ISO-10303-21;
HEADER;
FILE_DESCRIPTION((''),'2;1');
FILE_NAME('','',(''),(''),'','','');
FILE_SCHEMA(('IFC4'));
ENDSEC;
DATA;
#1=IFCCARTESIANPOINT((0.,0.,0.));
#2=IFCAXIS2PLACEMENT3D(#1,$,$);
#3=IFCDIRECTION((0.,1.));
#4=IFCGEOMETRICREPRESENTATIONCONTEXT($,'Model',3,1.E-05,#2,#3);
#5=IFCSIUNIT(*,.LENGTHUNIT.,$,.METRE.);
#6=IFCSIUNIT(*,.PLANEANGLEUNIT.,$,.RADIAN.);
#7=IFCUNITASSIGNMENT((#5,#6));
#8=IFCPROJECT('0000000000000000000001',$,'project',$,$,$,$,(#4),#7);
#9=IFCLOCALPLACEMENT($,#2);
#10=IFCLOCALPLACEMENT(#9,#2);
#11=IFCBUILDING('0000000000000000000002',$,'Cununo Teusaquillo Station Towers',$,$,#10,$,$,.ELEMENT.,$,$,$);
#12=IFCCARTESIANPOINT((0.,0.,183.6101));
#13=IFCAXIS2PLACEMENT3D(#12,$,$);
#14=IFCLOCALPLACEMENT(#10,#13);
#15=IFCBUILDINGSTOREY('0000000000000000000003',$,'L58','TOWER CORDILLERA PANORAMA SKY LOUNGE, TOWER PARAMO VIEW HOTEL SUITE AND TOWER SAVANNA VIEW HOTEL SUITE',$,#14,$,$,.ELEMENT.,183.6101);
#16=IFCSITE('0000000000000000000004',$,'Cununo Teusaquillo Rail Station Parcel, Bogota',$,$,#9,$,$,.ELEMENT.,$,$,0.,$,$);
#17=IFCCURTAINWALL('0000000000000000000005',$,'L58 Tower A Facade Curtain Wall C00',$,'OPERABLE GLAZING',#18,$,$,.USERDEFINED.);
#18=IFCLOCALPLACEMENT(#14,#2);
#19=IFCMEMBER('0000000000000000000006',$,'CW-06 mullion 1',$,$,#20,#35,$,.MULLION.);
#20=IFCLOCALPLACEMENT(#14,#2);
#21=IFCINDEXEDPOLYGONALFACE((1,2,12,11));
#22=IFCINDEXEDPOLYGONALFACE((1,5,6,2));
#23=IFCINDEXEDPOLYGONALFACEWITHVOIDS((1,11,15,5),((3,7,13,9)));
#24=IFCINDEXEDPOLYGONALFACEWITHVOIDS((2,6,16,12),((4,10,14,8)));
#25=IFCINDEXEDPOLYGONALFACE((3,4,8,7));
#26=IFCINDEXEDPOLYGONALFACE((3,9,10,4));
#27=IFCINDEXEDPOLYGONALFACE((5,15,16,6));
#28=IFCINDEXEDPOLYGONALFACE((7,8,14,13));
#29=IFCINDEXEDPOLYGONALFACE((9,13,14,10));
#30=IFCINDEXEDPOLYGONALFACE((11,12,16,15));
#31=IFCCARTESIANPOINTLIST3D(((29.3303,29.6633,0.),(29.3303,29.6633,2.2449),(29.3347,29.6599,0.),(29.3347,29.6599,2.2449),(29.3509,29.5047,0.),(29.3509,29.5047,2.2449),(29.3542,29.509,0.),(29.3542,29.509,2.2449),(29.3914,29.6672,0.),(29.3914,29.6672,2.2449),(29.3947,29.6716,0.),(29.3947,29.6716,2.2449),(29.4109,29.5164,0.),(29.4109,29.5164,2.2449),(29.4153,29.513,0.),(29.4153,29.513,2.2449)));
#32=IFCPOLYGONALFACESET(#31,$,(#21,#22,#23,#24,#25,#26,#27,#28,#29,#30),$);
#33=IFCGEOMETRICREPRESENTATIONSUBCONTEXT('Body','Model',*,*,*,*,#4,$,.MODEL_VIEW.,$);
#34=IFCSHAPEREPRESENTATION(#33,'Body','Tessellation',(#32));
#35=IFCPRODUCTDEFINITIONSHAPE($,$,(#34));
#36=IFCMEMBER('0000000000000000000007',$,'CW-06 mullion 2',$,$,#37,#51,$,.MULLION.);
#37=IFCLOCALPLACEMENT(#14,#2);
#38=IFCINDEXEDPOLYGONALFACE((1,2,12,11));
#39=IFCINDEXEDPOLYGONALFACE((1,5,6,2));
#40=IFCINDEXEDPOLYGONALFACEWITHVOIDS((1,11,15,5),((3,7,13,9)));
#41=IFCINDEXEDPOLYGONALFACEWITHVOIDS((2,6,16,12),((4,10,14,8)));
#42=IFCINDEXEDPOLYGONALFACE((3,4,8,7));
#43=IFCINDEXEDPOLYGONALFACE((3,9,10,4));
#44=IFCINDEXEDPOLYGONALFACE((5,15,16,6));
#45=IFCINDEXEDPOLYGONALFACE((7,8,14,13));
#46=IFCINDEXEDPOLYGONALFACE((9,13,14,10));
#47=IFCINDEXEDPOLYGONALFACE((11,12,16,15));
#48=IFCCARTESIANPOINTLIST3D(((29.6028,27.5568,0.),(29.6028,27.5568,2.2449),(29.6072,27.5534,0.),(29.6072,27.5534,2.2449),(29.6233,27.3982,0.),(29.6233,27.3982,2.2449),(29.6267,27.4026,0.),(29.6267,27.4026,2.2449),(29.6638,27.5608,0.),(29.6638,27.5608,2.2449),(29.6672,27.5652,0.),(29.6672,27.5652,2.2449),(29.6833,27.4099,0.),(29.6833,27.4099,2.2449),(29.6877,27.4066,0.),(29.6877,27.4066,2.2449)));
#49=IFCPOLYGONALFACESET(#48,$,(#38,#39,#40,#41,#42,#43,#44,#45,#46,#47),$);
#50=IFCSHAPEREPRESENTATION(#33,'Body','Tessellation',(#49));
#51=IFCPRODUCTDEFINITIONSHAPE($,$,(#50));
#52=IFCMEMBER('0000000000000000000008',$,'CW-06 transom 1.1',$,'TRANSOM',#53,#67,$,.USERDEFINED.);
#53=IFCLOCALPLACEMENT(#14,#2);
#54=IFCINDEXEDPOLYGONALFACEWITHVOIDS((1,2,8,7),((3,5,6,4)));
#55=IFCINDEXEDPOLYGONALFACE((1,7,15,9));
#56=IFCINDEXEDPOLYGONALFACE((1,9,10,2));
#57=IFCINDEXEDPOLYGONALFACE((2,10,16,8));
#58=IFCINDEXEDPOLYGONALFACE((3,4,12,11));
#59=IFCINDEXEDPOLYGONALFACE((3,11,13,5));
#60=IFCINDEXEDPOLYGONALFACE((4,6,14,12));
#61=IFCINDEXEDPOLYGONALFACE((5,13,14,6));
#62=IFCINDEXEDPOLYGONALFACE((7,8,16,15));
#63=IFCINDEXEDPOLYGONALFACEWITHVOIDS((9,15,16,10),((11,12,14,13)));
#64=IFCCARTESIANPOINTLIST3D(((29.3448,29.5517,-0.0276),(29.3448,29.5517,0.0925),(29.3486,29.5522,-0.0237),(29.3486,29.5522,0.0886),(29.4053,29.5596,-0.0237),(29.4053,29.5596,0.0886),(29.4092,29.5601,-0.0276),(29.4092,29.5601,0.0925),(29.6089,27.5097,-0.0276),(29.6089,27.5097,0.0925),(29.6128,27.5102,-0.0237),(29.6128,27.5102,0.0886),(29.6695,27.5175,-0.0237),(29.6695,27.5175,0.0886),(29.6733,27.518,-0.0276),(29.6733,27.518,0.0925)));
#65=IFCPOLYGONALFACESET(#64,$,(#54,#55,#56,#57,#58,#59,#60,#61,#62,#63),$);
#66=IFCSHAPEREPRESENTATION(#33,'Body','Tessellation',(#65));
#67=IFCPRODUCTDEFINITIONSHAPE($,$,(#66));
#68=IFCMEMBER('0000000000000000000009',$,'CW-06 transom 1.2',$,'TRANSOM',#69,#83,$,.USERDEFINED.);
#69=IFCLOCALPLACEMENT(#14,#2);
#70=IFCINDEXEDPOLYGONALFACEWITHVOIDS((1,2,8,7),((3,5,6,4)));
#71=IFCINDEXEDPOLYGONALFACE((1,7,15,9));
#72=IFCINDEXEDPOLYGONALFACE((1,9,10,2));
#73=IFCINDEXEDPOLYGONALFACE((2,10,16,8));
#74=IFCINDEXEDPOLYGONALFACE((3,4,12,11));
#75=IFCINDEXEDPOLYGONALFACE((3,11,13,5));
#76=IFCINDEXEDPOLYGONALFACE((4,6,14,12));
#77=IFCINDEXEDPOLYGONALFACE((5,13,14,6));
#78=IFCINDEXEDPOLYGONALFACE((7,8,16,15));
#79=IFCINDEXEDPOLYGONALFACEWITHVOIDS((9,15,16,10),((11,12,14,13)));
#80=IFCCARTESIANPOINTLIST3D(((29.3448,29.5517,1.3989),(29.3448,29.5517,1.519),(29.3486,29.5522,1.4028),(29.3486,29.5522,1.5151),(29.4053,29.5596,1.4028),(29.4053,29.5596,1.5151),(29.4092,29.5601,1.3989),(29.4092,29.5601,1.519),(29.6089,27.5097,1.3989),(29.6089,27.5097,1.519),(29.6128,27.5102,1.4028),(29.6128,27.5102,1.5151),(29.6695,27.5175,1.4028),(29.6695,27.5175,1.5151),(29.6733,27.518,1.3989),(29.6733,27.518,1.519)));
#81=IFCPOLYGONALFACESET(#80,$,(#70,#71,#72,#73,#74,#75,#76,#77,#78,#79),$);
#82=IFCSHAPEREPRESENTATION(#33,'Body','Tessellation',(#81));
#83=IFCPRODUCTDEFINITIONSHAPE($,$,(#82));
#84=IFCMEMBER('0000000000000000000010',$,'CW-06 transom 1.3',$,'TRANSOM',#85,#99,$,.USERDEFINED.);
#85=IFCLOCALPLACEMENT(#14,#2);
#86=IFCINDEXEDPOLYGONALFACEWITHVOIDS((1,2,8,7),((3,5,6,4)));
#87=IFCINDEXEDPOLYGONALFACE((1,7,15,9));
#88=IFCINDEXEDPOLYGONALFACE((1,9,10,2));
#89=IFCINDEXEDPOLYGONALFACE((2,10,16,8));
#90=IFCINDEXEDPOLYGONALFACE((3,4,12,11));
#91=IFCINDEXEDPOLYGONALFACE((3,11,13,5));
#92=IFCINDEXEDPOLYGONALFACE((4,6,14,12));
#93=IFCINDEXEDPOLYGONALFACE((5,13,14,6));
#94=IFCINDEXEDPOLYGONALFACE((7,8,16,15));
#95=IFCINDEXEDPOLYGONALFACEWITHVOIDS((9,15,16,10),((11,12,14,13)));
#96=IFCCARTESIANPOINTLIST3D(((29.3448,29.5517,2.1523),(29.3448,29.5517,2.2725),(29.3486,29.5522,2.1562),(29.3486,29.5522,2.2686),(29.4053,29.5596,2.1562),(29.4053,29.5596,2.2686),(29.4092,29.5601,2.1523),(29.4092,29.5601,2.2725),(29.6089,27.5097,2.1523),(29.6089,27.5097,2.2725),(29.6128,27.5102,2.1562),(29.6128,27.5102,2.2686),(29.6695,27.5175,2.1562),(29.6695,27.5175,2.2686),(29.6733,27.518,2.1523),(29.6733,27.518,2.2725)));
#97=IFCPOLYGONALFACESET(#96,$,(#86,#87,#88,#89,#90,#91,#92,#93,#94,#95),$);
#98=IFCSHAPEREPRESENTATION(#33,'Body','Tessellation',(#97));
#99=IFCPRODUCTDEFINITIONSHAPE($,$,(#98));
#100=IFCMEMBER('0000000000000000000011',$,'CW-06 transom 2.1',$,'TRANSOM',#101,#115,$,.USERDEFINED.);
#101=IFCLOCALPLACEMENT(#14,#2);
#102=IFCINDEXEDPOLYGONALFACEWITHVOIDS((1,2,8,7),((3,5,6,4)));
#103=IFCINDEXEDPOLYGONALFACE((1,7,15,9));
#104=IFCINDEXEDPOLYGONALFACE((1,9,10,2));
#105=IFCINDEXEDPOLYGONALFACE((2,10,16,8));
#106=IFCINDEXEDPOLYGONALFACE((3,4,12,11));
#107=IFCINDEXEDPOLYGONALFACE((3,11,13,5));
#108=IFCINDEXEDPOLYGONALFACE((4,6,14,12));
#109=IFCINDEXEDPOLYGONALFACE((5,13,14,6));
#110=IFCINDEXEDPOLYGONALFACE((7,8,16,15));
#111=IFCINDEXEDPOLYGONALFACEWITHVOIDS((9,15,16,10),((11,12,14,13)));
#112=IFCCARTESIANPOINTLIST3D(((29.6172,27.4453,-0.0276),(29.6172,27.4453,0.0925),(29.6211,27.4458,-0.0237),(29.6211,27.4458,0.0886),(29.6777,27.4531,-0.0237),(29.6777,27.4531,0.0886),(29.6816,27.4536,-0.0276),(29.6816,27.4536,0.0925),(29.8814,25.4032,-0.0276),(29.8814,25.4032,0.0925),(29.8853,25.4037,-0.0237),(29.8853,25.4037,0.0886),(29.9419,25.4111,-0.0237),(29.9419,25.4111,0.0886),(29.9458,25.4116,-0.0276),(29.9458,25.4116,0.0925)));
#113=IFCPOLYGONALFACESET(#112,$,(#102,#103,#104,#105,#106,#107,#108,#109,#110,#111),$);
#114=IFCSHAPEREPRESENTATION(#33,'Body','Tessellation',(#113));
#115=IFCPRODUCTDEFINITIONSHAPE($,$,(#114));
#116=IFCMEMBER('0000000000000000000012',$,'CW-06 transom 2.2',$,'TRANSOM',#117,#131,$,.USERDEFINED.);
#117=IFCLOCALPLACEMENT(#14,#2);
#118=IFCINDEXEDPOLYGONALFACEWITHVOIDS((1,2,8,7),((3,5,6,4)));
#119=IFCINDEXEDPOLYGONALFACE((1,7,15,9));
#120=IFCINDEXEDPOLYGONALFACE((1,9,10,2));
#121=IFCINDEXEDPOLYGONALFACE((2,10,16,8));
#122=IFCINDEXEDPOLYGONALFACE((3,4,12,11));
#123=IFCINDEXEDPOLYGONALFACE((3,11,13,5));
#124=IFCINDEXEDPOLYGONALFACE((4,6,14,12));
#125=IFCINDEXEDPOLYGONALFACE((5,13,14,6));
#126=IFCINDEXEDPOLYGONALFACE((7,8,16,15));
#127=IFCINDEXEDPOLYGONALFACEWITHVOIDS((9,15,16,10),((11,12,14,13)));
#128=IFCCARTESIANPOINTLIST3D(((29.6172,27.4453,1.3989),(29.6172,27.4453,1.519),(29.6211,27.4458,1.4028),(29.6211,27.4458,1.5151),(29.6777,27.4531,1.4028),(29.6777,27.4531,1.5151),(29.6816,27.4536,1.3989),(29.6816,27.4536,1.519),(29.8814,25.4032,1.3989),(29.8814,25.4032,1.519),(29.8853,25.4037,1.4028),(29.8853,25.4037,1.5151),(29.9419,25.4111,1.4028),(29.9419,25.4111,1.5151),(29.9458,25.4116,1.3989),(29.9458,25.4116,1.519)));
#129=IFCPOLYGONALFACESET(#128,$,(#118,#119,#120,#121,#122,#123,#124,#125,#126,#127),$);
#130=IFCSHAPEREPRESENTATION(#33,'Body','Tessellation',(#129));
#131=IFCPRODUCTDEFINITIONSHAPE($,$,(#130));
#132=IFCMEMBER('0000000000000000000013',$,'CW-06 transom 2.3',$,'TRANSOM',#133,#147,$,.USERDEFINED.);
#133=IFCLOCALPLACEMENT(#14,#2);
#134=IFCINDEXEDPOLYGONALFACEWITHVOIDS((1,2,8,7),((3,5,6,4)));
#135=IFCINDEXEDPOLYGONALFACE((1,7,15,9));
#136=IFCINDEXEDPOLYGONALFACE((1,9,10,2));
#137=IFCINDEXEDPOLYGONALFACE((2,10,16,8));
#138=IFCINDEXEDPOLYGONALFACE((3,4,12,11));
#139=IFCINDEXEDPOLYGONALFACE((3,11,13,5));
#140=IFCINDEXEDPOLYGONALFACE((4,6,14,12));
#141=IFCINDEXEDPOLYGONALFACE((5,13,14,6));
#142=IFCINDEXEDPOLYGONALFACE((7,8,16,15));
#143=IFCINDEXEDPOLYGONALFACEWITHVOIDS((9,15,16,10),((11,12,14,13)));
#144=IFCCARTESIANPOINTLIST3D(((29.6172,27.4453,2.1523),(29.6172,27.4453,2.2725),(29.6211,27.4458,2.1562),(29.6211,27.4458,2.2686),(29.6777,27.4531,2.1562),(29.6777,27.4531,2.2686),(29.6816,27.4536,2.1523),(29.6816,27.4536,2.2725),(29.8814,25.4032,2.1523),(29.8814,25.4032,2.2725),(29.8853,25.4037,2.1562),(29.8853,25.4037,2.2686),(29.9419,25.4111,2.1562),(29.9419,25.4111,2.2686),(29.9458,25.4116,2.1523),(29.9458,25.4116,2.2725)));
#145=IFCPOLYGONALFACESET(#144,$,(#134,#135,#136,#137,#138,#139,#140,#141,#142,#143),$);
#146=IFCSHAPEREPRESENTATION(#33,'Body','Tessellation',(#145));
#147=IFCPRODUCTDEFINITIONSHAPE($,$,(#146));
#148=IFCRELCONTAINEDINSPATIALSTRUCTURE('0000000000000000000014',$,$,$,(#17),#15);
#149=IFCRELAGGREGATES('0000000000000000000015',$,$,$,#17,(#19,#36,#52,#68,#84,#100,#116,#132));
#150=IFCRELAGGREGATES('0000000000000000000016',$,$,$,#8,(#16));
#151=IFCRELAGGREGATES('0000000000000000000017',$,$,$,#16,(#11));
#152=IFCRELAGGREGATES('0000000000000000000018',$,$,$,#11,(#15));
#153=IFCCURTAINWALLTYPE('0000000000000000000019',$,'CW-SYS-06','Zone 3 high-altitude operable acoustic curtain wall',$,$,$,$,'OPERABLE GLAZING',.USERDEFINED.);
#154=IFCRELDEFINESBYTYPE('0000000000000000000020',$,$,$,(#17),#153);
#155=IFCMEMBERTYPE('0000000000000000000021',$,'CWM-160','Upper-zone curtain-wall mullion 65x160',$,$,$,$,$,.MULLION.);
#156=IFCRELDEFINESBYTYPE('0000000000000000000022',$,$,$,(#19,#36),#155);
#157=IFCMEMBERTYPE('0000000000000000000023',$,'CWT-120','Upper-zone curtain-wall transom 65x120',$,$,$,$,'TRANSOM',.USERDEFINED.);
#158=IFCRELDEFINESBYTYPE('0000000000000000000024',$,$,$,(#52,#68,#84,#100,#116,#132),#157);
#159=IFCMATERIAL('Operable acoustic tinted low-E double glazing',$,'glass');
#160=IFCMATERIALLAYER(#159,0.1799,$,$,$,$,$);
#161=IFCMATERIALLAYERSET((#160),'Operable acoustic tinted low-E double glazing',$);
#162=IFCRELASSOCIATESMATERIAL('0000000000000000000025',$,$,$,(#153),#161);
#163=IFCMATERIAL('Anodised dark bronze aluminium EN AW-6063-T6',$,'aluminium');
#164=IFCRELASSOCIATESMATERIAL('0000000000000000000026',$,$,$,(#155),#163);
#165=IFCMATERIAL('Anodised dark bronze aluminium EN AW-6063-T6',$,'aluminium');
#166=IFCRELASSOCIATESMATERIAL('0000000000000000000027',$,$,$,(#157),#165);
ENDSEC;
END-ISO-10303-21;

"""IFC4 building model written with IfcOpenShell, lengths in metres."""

from ifc_helpers import new_model, si_unit, direction, frame, origin, origin_2d, place, context, subcontext, project, spatial, hollow_rectangle, extrude, material, layer, layer_set, material_profile, profile_set, type_object, element, aggregate, save


model = new_model("IFC4")

# Units and contexts
model_context = context("Model", 3, precision=1e-05, world=origin(), true_north=direction((0.0, 1.0)))
body_context = subcontext(model_context, "Body", "Model", "MODEL_VIEW")
ifc_project = project(units=[si_unit("LENGTHUNIT", "METRE"), si_unit("PLANEANGLEUNIT", "RADIAN")], contexts=[model_context])

# Site, building, storey
site_placement = place(None, origin())
site = spatial("IfcSite", under=ifc_project, at=site_placement, Name="Cununo Teusaquillo Rail Station Parcel, Bogota", CompositionType="ELEMENT", RefElevation=0.0)
building_placement = place(site_placement, origin())
building = spatial("IfcBuilding", under=site, at=building_placement, Name="Cununo Teusaquillo Station Towers", CompositionType="ELEMENT")
storey_placement = place(building_placement, frame((0.0, 0.0, 183.6101)))
storey = spatial("IfcBuildingStorey", under=building, at=storey_placement, Name="L58", Description="TOWER CORDILLERA PANORAMA SKY LOUNGE, TOWER PARAMO VIEW HOTEL SUITE AND TOWER SAVANNA VIEW HOTEL SUITE", CompositionType="ELEMENT", Elevation=183.6101)

# Curtain wall, members
ifc_material_1 = material(Name="Operable acoustic tinted low-E double glazing", Category="glass")
ifc_layer_1 = layer(ifc_material_1, 0.1799)
ifc_layer_set_1 = layer_set([ifc_layer_1], Name="Operable acoustic tinted low-E double glazing")
curtain_wall_type = type_object("IfcCurtainWallType", Name="CW-SYS-06", Description="Zone 3 high-altitude operable acoustic curtain wall", ElementType="OPERABLE GLAZING", PredefinedType="USERDEFINED", material=ifc_layer_set_1)
curtain_wall_placement = place(storey_placement, origin())
curtain_wall = element("IfcCurtainWall", 1, at=curtain_wall_placement, inside=storey, type_object=curtain_wall_type, Name="L58 Tower A Facade Curtain Wall C00", ObjectType="OPERABLE GLAZING", PredefinedType="USERDEFINED")
ifc_material_2 = material(Name="Anodised dark bronze aluminium EN AW-6063-T6", Category="aluminium")
ifc_material_profile_1 = material_profile(ifc_material_2, hollow_rectangle(XDim=0.0649, YDim=0.1599, WallThickness=0.0039, at=origin_2d()), Name="CW-MULL-65x160")
ifc_profile_set_1 = profile_set([ifc_material_profile_1], Name="Anodised dark bronze aluminium EN AW-6063-T6")
member_type_1 = type_object("IfcMemberType", Name="CWM-160", Description="Upper-zone curtain-wall mullion 65x160", PredefinedType="MULLION", material=ifc_profile_set_1)
member_1_placement = place(storey_placement, frame((29.3728, 29.5881, 0.0), z_axis=(0.0, 0.0, 1.0), x_axis=(0.991737, 0.128285, 0.0)))
member_1 = element("IfcMember", 2, at=member_1_placement, type_object=member_type_1, Name="CW-06 mullion 1", PredefinedType="MULLION", context=body_context, shape_type="SweptSolid", body=[
    extrude(hollow_rectangle(XDim=0.0649, YDim=0.1599, WallThickness=0.0039, at=origin_2d()), origin(), (0.0, 0.0, 1.0), 2.2449),
])
member_2_placement = place(storey_placement, frame((29.6453, 27.4817, 0.0), z_axis=(0.0, 0.0, 1.0), x_axis=(0.991737, 0.128285, 0.0)))
member_2 = element("IfcMember", 3, at=member_2_placement, type_object=member_type_1, Name="CW-06 mullion 2", PredefinedType="MULLION", context=body_context, shape_type="SweptSolid", body=[
    extrude(hollow_rectangle(XDim=0.0649, YDim=0.1599, WallThickness=0.0039, at=origin_2d()), origin(), (0.0, 0.0, 1.0), 2.2449),
])
ifc_material_3 = material(Name="Anodised dark bronze aluminium EN AW-6063-T6", Category="aluminium")
ifc_material_profile_2 = material_profile(ifc_material_3, hollow_rectangle(XDim=0.0649, YDim=0.1201, WallThickness=0.0039, at=origin_2d()), Name="CW-TRAN-65x120")
ifc_profile_set_2 = profile_set([ifc_material_profile_2], Name="Anodised dark bronze aluminium EN AW-6063-T6")
member_type_2 = type_object("IfcMemberType", Name="CWT-120", Description="Upper-zone curtain-wall transom 65x120", ElementType="TRANSOM", PredefinedType="USERDEFINED", material=ifc_profile_set_2)
member_3_placement = place(storey_placement, frame((29.377, 29.5559, 0.0325), z_axis=(0.128295, -0.991736, 0.0), x_axis=(0.991736, 0.128295, 0.0)))
member_3 = element("IfcMember", 4, at=member_3_placement, type_object=member_type_2, Name="CW-06 transom 1.1", ObjectType="TRANSOM", PredefinedType="USERDEFINED", context=body_context, shape_type="SweptSolid", body=[
    extrude(hollow_rectangle(XDim=0.0649, YDim=0.1201, WallThickness=0.0039, at=origin_2d()), origin(), (0.0, 0.0, 1.0), 2.0591),
])
member_4_placement = place(storey_placement, frame((29.377, 29.5559, 1.459), z_axis=(0.128295, -0.991736, 0.0), x_axis=(0.991736, 0.128295, 0.0)))
member_4 = element("IfcMember", 5, at=member_4_placement, type_object=member_type_2, Name="CW-06 transom 1.2", ObjectType="TRANSOM", PredefinedType="USERDEFINED", context=body_context, shape_type="SweptSolid", body=[
    extrude(hollow_rectangle(XDim=0.0649, YDim=0.1201, WallThickness=0.0039, at=origin_2d()), origin(), (0.0, 0.0, 1.0), 2.0591),
])
member_5_placement = place(storey_placement, frame((29.377, 29.5559, 2.2124), z_axis=(0.128295, -0.991736, 0.0), x_axis=(0.991736, 0.128295, 0.0)))
member_5 = element("IfcMember", 6, at=member_5_placement, type_object=member_type_2, Name="CW-06 transom 1.3", ObjectType="TRANSOM", PredefinedType="USERDEFINED", context=body_context, shape_type="SweptSolid", body=[
    extrude(hollow_rectangle(XDim=0.0649, YDim=0.1201, WallThickness=0.0039, at=origin_2d()), origin(), (0.0, 0.0, 1.0), 2.0591),
])
member_6_placement = place(storey_placement, frame((29.6494, 27.4495, 0.0325), z_axis=(0.128295, -0.991736, 0.0), x_axis=(0.991736, 0.128295, 0.0)))
member_6 = element("IfcMember", 7, at=member_6_placement, type_object=member_type_2, Name="CW-06 transom 2.1", ObjectType="TRANSOM", PredefinedType="USERDEFINED", context=body_context, shape_type="SweptSolid", body=[
    extrude(hollow_rectangle(XDim=0.0649, YDim=0.1201, WallThickness=0.0039, at=origin_2d()), origin(), (0.0, 0.0, 1.0), 2.0591),
])
member_7_placement = place(storey_placement, frame((29.6494, 27.4495, 1.459), z_axis=(0.128295, -0.991736, 0.0), x_axis=(0.991736, 0.128295, 0.0)))
member_7 = element("IfcMember", 8, at=member_7_placement, type_object=member_type_2, Name="CW-06 transom 2.2", ObjectType="TRANSOM", PredefinedType="USERDEFINED", context=body_context, shape_type="SweptSolid", body=[
    extrude(hollow_rectangle(XDim=0.0649, YDim=0.1201, WallThickness=0.0039, at=origin_2d()), origin(), (0.0, 0.0, 1.0), 2.0591),
])
member_8_placement = place(storey_placement, frame((29.6494, 27.4495, 2.2124), z_axis=(0.128295, -0.991736, 0.0), x_axis=(0.991736, 0.128295, 0.0)))
member_8 = element("IfcMember", 9, at=member_8_placement, type_object=member_type_2, Name="CW-06 transom 2.3", ObjectType="TRANSOM", PredefinedType="USERDEFINED", context=body_context, shape_type="SweptSolid", body=[
    extrude(hollow_rectangle(XDim=0.0649, YDim=0.1201, WallThickness=0.0039, at=origin_2d()), origin(), (0.0, 0.0, 1.0), 2.0591),
])

aggregate(curtain_wall, [member_1, member_2, member_3, member_4, member_5, member_6, member_7, member_8])

save(model, "model.ifc")
